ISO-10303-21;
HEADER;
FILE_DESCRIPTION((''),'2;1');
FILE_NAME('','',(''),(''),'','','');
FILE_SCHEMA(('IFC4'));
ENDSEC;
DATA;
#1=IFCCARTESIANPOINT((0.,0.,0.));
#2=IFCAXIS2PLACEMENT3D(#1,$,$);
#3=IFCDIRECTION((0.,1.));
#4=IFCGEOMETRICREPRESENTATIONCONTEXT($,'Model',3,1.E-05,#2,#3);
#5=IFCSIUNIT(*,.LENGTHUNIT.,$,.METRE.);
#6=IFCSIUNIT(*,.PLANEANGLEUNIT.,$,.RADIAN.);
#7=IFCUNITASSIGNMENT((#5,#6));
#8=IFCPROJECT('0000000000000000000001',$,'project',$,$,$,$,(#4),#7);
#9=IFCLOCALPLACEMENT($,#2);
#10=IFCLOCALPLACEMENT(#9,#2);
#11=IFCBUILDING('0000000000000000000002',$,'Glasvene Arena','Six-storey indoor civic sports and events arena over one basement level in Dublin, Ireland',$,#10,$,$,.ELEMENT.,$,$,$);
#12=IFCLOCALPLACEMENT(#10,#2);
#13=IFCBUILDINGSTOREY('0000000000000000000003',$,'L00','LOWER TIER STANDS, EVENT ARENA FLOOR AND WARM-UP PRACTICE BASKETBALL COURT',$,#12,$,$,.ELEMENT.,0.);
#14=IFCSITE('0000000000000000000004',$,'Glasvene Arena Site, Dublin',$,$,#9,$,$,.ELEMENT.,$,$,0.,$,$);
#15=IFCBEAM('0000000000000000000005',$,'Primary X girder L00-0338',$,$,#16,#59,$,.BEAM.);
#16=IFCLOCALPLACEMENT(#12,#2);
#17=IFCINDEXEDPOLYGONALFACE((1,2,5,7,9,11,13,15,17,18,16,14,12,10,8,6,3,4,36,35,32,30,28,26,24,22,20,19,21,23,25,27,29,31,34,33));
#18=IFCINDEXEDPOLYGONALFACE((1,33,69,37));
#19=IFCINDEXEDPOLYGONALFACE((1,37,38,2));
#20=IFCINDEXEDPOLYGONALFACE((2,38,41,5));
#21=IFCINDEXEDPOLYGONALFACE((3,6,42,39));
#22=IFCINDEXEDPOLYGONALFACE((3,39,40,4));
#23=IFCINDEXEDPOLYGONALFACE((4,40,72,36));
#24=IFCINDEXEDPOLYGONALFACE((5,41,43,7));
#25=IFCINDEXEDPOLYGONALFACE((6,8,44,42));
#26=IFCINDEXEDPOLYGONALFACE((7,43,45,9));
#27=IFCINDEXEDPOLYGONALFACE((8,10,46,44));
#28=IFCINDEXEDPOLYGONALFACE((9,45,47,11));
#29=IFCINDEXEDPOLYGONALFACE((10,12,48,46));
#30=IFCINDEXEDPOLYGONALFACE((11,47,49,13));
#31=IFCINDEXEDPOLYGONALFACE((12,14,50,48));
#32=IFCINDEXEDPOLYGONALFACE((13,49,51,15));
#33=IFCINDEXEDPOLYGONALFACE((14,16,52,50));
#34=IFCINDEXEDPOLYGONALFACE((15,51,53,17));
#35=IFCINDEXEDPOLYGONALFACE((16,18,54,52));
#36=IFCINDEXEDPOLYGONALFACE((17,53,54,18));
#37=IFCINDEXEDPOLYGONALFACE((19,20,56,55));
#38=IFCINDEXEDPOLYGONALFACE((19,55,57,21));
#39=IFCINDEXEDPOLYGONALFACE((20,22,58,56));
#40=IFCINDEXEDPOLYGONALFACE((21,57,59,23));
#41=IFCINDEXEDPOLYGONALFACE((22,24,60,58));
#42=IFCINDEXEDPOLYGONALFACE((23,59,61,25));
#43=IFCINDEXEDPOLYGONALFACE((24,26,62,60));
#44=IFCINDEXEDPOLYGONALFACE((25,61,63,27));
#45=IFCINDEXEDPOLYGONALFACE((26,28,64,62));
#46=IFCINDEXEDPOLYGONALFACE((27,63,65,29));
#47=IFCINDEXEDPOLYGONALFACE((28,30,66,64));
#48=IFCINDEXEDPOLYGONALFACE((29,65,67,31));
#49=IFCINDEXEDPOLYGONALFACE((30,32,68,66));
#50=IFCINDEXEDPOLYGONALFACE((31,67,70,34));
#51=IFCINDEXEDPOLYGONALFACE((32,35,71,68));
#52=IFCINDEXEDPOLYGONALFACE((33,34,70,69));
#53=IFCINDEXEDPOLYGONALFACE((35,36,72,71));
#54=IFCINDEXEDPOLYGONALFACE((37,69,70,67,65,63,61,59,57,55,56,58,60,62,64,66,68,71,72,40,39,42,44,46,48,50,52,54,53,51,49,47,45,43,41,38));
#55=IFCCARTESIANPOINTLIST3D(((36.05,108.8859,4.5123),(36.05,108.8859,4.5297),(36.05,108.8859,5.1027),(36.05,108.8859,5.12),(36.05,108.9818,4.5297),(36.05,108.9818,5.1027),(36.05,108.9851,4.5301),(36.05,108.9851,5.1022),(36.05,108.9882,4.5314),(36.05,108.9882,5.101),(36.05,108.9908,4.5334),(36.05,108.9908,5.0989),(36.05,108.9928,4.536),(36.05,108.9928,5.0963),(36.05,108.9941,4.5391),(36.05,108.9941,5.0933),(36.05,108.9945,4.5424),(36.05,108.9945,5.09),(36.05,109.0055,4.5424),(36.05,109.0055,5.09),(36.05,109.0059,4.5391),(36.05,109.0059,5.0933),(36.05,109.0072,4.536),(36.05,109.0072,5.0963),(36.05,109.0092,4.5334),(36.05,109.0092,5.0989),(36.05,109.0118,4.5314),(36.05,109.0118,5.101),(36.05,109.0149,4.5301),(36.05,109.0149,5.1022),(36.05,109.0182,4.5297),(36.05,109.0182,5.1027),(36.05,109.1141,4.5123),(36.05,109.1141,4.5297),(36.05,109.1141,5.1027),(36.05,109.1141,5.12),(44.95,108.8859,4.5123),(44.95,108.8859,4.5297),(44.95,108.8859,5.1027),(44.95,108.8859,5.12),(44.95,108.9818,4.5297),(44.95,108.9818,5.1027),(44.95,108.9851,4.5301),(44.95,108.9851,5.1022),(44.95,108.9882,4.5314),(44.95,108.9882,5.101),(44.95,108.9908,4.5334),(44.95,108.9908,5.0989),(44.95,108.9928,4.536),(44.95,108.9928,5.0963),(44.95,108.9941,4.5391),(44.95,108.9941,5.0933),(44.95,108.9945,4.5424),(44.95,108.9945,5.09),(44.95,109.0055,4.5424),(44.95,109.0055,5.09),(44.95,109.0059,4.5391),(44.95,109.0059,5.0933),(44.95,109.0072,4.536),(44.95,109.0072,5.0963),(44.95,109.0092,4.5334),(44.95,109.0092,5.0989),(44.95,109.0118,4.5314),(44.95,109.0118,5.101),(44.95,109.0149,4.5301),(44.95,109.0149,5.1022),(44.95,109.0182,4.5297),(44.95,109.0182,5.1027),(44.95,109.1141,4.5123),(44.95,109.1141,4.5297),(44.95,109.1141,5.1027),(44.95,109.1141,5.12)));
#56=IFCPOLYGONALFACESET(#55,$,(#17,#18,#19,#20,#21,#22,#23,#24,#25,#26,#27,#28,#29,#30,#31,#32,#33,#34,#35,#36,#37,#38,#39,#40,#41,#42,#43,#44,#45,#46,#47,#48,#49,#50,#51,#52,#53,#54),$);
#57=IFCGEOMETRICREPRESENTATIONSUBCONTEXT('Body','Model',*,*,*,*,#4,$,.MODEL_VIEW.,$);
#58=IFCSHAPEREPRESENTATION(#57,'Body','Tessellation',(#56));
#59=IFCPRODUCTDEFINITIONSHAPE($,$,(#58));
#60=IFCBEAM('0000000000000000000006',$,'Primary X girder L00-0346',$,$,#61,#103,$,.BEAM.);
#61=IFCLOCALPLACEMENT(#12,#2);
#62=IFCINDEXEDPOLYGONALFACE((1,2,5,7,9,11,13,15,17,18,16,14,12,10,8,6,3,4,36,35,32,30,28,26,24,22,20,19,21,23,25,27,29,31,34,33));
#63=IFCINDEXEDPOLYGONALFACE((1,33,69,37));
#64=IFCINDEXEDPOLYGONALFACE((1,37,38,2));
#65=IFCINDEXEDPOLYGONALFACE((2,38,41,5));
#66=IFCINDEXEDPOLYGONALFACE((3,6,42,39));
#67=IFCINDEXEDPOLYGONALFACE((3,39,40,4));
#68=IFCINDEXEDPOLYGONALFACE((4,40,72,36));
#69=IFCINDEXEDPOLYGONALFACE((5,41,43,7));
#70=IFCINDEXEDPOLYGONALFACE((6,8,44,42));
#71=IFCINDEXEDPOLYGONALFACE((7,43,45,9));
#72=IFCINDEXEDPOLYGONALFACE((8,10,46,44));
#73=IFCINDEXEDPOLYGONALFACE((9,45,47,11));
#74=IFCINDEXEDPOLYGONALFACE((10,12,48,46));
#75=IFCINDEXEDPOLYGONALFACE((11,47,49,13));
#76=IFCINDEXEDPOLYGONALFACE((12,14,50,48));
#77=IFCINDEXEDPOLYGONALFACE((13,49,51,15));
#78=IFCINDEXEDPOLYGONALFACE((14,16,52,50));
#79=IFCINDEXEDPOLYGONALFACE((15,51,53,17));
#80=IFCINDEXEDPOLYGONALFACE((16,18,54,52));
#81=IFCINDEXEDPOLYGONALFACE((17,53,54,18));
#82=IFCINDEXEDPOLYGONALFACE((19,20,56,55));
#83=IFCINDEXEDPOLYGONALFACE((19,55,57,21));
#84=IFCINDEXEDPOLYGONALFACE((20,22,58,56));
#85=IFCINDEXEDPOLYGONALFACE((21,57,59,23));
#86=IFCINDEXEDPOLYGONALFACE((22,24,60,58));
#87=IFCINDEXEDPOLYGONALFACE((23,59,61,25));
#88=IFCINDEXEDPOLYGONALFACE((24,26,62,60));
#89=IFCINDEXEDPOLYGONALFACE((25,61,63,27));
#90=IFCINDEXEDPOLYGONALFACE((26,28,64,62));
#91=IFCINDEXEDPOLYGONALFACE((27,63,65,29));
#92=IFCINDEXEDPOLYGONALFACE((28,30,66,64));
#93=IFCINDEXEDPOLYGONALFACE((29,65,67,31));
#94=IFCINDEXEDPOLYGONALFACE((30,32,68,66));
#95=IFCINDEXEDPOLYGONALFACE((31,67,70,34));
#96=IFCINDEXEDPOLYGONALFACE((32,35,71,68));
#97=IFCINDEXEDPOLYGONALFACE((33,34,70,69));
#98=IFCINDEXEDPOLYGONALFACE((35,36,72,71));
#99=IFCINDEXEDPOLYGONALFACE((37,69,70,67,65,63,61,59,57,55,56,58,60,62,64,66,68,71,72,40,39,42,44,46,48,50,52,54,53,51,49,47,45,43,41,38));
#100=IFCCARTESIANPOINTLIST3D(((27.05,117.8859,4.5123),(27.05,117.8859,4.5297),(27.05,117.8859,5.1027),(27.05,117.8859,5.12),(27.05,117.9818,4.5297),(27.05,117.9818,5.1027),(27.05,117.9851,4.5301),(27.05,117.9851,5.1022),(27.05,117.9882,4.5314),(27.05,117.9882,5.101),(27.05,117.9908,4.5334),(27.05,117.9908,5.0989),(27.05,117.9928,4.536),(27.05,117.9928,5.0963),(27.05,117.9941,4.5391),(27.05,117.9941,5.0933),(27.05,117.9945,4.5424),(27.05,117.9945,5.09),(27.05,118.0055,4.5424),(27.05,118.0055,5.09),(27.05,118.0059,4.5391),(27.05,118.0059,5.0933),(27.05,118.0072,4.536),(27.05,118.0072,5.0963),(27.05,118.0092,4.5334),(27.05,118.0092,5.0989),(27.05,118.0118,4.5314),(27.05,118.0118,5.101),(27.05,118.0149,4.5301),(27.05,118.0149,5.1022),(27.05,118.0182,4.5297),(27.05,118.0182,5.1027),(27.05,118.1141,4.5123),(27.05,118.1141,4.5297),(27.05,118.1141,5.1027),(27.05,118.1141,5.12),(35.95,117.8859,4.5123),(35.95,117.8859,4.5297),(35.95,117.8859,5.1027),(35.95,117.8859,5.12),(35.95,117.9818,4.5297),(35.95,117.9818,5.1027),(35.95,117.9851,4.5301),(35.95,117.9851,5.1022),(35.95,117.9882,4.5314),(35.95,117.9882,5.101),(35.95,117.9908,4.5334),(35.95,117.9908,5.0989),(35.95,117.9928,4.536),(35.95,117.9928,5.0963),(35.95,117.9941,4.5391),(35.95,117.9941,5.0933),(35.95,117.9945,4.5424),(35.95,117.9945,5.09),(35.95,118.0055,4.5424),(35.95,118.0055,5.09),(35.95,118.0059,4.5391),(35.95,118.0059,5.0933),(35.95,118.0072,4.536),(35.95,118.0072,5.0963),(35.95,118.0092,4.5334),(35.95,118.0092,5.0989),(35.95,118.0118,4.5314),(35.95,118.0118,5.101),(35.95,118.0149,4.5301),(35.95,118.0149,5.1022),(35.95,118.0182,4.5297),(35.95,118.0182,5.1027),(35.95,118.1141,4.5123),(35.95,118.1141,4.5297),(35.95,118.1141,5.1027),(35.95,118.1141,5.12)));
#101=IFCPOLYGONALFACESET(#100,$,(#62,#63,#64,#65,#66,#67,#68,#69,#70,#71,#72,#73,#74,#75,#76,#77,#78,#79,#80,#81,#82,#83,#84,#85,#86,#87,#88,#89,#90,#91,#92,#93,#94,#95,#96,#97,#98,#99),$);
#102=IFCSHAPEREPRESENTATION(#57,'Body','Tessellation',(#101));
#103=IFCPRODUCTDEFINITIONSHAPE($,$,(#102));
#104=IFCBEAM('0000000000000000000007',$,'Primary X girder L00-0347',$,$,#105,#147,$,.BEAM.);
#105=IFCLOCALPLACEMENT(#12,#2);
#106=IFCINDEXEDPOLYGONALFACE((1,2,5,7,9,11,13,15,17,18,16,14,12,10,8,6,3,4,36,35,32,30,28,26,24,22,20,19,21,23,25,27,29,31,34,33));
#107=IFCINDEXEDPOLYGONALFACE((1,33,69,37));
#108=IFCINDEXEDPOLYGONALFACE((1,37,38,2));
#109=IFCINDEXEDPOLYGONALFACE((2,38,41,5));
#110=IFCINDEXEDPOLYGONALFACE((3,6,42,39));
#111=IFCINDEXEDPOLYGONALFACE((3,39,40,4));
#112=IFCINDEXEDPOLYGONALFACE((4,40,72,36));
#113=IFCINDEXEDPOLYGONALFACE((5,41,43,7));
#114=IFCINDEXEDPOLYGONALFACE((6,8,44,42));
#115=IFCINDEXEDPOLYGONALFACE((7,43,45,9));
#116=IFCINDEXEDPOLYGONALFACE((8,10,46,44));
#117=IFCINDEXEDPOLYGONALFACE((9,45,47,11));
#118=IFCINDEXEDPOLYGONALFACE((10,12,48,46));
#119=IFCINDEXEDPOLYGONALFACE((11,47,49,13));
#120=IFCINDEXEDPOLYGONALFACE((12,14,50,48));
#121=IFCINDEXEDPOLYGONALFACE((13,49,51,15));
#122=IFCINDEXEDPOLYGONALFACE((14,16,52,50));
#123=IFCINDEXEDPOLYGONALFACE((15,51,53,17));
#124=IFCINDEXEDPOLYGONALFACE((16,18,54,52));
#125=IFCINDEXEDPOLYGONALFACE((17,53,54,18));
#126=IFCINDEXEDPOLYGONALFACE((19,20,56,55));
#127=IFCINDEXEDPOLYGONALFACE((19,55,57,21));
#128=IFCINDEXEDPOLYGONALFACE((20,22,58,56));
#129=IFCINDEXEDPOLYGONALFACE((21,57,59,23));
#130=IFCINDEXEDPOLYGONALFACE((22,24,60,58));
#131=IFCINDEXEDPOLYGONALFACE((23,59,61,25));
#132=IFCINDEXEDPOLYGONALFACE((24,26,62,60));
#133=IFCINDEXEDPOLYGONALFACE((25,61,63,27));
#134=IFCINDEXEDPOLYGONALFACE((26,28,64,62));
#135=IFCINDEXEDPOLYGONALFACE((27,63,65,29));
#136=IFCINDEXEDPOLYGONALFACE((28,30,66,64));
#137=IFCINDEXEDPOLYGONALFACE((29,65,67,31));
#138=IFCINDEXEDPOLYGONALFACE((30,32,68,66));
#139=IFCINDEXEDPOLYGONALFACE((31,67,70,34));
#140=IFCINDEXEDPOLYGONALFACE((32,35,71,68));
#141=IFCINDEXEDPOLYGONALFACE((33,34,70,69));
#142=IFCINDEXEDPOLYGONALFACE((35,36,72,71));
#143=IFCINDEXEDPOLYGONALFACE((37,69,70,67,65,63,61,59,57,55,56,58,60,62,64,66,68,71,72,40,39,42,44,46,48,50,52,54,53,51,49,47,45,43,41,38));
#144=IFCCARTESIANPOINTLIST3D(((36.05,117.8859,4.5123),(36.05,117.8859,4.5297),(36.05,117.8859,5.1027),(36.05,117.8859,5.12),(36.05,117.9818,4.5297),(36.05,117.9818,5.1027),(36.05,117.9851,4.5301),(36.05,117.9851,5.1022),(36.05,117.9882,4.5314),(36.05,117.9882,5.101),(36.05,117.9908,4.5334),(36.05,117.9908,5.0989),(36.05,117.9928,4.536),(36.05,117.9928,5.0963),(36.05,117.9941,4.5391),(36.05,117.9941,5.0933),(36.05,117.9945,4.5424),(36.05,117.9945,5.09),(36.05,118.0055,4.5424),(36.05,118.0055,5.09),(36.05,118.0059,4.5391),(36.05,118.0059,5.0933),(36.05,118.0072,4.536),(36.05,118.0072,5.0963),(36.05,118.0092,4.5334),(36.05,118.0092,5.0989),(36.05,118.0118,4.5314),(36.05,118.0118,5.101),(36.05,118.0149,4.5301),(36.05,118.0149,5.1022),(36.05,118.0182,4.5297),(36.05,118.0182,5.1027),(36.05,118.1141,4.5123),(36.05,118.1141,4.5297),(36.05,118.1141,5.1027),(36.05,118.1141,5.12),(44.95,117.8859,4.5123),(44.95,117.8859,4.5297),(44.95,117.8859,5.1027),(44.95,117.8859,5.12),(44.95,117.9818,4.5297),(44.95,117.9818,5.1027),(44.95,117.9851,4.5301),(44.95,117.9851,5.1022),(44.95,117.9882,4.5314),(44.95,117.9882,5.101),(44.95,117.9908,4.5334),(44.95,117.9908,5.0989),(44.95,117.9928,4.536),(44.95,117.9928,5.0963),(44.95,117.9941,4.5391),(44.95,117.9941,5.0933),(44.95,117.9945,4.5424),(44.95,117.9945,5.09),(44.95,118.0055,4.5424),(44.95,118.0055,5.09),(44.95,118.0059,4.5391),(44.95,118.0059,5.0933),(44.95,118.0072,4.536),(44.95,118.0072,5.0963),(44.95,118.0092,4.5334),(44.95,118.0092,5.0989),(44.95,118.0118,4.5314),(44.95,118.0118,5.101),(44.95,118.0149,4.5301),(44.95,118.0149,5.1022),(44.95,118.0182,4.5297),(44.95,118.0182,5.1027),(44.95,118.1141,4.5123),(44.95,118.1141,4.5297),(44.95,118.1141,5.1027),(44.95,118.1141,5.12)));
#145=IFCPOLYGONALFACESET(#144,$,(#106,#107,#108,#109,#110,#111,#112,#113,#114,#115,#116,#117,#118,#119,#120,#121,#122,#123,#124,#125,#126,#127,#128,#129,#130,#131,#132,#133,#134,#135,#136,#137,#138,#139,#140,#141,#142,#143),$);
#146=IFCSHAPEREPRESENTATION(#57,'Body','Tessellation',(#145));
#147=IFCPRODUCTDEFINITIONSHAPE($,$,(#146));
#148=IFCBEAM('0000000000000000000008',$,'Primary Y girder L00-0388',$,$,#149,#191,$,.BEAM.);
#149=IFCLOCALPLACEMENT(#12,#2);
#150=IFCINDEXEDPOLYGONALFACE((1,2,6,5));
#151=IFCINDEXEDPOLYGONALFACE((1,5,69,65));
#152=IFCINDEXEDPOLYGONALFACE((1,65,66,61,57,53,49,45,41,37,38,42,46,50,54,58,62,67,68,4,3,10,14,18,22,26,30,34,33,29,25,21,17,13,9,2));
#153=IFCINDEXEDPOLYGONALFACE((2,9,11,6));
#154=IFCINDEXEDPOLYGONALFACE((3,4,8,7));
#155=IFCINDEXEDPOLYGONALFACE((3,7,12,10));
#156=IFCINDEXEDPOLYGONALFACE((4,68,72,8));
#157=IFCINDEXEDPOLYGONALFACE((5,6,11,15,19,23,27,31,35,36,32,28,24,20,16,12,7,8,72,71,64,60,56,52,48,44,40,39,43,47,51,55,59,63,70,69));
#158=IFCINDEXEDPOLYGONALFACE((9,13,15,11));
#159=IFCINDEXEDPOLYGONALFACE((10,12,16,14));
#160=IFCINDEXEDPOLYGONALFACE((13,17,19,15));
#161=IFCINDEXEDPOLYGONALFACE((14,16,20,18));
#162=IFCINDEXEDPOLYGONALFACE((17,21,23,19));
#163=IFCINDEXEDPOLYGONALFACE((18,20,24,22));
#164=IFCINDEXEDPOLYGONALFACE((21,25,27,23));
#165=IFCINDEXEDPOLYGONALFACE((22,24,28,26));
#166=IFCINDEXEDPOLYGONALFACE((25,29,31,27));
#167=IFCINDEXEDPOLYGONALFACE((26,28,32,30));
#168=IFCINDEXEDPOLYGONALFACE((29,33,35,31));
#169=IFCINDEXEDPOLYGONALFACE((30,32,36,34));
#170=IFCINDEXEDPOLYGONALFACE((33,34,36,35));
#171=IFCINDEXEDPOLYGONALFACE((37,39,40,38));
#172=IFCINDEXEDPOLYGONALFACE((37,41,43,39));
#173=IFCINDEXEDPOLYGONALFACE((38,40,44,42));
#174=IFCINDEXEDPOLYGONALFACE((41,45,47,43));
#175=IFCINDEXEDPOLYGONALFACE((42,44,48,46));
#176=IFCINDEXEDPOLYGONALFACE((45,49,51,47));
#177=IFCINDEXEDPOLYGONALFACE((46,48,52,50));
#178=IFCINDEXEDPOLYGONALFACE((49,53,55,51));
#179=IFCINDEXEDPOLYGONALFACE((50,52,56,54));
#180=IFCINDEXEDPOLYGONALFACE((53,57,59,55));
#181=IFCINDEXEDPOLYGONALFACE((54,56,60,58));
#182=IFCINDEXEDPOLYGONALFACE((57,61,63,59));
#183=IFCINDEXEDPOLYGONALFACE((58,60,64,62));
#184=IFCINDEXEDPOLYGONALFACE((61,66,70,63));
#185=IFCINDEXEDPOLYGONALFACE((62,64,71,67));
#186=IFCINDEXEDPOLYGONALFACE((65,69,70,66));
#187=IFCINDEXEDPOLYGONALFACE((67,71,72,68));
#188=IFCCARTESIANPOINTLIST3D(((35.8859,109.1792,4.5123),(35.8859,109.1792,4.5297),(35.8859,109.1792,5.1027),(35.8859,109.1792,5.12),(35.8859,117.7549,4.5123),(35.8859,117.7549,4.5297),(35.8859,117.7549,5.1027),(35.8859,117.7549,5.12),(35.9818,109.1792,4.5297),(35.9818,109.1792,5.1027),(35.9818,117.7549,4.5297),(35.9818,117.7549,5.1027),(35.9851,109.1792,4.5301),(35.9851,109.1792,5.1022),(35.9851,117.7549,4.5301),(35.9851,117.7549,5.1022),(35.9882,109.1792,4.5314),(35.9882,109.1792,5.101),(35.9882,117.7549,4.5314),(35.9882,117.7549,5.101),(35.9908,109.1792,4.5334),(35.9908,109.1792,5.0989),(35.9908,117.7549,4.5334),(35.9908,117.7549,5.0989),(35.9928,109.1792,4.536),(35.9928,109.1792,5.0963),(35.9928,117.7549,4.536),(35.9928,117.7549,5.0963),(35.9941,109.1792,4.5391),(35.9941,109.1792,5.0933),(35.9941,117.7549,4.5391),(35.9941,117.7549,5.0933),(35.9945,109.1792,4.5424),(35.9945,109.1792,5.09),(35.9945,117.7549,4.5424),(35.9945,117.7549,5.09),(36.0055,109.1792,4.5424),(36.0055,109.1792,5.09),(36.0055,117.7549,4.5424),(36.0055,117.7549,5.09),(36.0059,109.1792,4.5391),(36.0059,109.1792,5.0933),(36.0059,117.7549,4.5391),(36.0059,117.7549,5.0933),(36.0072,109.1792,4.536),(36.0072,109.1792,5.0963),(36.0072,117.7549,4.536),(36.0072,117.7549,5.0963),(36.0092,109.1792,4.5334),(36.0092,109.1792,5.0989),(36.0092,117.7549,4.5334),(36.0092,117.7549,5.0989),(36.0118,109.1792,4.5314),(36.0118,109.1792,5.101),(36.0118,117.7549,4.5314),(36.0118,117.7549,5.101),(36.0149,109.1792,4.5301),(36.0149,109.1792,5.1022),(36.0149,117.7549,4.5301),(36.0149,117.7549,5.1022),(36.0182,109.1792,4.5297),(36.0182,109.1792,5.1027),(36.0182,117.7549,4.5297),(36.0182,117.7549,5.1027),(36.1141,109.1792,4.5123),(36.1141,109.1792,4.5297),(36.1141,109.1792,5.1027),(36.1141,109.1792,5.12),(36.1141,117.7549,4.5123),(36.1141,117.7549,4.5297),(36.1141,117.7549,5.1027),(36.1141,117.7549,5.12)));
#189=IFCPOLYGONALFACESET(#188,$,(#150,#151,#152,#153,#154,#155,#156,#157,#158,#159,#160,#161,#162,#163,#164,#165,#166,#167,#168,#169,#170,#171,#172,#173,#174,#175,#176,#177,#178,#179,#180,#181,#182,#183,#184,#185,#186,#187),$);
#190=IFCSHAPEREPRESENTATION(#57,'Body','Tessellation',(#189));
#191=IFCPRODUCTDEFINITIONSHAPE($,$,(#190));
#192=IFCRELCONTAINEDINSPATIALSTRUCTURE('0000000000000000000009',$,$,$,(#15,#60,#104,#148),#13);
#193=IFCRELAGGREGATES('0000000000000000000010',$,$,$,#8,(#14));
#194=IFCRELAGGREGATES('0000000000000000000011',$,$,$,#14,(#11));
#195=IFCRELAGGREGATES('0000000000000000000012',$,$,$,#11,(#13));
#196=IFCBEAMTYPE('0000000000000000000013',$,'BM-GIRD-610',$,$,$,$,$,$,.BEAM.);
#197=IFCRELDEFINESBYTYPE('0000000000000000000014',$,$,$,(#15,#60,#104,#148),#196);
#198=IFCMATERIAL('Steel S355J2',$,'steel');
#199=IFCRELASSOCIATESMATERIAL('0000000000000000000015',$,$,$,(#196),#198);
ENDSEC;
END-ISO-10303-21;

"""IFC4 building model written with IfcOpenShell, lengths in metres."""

from ifc_helpers import new_model, si_unit, direction, frame, origin, origin_2d, place, context, subcontext, project, spatial, i_section, extrude, material, material_profile, profile_set, type_object, element, save


model = new_model("IFC4")

# Units and contexts
model_context = context("Model", 3, precision=1e-05, world=origin(), true_north=direction((0.0, 1.0)))
body_context = subcontext(model_context, "Body", "Model", "MODEL_VIEW")
ifc_project = project(units=[si_unit("LENGTHUNIT", "METRE"), si_unit("PLANEANGLEUNIT", "RADIAN")], contexts=[model_context])

# Site, building, storey
site_placement = place(None, origin())
site = spatial("IfcSite", under=ifc_project, at=site_placement, Name="Glasvene Arena Site, Dublin", CompositionType="ELEMENT", RefElevation=0.0)
building_placement = place(site_placement, origin())
building = spatial("IfcBuilding", under=site, at=building_placement, Name="Glasvene Arena", Description="Six-storey indoor civic sports and events arena over one basement level in Dublin, Ireland", CompositionType="ELEMENT")
storey_placement = place(building_placement, origin())
storey = spatial("IfcBuildingStorey", under=building, at=storey_placement, Name="L00", Description="LOWER TIER STANDS, EVENT ARENA FLOOR AND WARM-UP PRACTICE BASKETBALL COURT", CompositionType="ELEMENT", Elevation=0.0)

# Shared definitions
ifc_material_1 = material(Name="Steel S355J2", Category="steel")

# Beams
ifc_material_profile_1 = material_profile(ifc_material_1, i_section(OverallWidth=0.2283, OverallDepth=0.6077, WebThickness=0.011, FlangeThickness=0.0173, FilletRadius=0.0127, at=origin_2d()), Name="UKB 610x229x113")
ifc_profile_set_1 = profile_set([ifc_material_profile_1], Name="Steel S355J2")
beam_type_1 = type_object("IfcBeamType", Name="BM-GIRD-610", PredefinedType="BEAM", material=ifc_profile_set_1)
for number, where, z_axis, x_axis, name in (
    (1, (36.05, 109.0, 4.8162), (1.0, 0.0, 0.0), (0.0, 1.0, 0.0), "Primary X girder L00-0338"),
    (2, (27.05, 118.0, 4.8162), (1.0, 0.0, 0.0), (0.0, 1.0, 0.0), "Primary X girder L00-0346"),
    (3, (36.05, 118.0, 4.8162), (1.0, 0.0, 0.0), (0.0, 1.0, 0.0), "Primary X girder L00-0347"),
):
    element("IfcBeam", number, at=place(storey_placement, frame(where, z_axis=z_axis, x_axis=x_axis)), inside=storey, type_object=beam_type_1, Name=name, PredefinedType="BEAM", context=body_context, shape_type="SweptSolid", body=[
        extrude(i_section(OverallWidth=0.2283, OverallDepth=0.6077, WebThickness=0.011, FlangeThickness=0.0173, FilletRadius=0.0127, at=origin_2d()), origin(), (0.0, 0.0, 1.0), 8.8999),
    ])
beam_placement = place(storey_placement, frame((36.0, 109.1792, 4.8162), z_axis=(0.0, 1.0, 0.0), x_axis=(-1.0, 0.0, 0.0)))
element("IfcBeam", 4, at=beam_placement, inside=storey, type_object=beam_type_1, Name="Primary Y girder L00-0388", PredefinedType="BEAM", context=body_context, shape_type="SweptSolid", body=[
    extrude(i_section(OverallWidth=0.2283, OverallDepth=0.6077, WebThickness=0.011, FlangeThickness=0.0173, FilletRadius=0.0127, at=origin_2d()), origin(), (0.0, 0.0, 1.0), 8.5757),
])

save(model, "model.ifc")
